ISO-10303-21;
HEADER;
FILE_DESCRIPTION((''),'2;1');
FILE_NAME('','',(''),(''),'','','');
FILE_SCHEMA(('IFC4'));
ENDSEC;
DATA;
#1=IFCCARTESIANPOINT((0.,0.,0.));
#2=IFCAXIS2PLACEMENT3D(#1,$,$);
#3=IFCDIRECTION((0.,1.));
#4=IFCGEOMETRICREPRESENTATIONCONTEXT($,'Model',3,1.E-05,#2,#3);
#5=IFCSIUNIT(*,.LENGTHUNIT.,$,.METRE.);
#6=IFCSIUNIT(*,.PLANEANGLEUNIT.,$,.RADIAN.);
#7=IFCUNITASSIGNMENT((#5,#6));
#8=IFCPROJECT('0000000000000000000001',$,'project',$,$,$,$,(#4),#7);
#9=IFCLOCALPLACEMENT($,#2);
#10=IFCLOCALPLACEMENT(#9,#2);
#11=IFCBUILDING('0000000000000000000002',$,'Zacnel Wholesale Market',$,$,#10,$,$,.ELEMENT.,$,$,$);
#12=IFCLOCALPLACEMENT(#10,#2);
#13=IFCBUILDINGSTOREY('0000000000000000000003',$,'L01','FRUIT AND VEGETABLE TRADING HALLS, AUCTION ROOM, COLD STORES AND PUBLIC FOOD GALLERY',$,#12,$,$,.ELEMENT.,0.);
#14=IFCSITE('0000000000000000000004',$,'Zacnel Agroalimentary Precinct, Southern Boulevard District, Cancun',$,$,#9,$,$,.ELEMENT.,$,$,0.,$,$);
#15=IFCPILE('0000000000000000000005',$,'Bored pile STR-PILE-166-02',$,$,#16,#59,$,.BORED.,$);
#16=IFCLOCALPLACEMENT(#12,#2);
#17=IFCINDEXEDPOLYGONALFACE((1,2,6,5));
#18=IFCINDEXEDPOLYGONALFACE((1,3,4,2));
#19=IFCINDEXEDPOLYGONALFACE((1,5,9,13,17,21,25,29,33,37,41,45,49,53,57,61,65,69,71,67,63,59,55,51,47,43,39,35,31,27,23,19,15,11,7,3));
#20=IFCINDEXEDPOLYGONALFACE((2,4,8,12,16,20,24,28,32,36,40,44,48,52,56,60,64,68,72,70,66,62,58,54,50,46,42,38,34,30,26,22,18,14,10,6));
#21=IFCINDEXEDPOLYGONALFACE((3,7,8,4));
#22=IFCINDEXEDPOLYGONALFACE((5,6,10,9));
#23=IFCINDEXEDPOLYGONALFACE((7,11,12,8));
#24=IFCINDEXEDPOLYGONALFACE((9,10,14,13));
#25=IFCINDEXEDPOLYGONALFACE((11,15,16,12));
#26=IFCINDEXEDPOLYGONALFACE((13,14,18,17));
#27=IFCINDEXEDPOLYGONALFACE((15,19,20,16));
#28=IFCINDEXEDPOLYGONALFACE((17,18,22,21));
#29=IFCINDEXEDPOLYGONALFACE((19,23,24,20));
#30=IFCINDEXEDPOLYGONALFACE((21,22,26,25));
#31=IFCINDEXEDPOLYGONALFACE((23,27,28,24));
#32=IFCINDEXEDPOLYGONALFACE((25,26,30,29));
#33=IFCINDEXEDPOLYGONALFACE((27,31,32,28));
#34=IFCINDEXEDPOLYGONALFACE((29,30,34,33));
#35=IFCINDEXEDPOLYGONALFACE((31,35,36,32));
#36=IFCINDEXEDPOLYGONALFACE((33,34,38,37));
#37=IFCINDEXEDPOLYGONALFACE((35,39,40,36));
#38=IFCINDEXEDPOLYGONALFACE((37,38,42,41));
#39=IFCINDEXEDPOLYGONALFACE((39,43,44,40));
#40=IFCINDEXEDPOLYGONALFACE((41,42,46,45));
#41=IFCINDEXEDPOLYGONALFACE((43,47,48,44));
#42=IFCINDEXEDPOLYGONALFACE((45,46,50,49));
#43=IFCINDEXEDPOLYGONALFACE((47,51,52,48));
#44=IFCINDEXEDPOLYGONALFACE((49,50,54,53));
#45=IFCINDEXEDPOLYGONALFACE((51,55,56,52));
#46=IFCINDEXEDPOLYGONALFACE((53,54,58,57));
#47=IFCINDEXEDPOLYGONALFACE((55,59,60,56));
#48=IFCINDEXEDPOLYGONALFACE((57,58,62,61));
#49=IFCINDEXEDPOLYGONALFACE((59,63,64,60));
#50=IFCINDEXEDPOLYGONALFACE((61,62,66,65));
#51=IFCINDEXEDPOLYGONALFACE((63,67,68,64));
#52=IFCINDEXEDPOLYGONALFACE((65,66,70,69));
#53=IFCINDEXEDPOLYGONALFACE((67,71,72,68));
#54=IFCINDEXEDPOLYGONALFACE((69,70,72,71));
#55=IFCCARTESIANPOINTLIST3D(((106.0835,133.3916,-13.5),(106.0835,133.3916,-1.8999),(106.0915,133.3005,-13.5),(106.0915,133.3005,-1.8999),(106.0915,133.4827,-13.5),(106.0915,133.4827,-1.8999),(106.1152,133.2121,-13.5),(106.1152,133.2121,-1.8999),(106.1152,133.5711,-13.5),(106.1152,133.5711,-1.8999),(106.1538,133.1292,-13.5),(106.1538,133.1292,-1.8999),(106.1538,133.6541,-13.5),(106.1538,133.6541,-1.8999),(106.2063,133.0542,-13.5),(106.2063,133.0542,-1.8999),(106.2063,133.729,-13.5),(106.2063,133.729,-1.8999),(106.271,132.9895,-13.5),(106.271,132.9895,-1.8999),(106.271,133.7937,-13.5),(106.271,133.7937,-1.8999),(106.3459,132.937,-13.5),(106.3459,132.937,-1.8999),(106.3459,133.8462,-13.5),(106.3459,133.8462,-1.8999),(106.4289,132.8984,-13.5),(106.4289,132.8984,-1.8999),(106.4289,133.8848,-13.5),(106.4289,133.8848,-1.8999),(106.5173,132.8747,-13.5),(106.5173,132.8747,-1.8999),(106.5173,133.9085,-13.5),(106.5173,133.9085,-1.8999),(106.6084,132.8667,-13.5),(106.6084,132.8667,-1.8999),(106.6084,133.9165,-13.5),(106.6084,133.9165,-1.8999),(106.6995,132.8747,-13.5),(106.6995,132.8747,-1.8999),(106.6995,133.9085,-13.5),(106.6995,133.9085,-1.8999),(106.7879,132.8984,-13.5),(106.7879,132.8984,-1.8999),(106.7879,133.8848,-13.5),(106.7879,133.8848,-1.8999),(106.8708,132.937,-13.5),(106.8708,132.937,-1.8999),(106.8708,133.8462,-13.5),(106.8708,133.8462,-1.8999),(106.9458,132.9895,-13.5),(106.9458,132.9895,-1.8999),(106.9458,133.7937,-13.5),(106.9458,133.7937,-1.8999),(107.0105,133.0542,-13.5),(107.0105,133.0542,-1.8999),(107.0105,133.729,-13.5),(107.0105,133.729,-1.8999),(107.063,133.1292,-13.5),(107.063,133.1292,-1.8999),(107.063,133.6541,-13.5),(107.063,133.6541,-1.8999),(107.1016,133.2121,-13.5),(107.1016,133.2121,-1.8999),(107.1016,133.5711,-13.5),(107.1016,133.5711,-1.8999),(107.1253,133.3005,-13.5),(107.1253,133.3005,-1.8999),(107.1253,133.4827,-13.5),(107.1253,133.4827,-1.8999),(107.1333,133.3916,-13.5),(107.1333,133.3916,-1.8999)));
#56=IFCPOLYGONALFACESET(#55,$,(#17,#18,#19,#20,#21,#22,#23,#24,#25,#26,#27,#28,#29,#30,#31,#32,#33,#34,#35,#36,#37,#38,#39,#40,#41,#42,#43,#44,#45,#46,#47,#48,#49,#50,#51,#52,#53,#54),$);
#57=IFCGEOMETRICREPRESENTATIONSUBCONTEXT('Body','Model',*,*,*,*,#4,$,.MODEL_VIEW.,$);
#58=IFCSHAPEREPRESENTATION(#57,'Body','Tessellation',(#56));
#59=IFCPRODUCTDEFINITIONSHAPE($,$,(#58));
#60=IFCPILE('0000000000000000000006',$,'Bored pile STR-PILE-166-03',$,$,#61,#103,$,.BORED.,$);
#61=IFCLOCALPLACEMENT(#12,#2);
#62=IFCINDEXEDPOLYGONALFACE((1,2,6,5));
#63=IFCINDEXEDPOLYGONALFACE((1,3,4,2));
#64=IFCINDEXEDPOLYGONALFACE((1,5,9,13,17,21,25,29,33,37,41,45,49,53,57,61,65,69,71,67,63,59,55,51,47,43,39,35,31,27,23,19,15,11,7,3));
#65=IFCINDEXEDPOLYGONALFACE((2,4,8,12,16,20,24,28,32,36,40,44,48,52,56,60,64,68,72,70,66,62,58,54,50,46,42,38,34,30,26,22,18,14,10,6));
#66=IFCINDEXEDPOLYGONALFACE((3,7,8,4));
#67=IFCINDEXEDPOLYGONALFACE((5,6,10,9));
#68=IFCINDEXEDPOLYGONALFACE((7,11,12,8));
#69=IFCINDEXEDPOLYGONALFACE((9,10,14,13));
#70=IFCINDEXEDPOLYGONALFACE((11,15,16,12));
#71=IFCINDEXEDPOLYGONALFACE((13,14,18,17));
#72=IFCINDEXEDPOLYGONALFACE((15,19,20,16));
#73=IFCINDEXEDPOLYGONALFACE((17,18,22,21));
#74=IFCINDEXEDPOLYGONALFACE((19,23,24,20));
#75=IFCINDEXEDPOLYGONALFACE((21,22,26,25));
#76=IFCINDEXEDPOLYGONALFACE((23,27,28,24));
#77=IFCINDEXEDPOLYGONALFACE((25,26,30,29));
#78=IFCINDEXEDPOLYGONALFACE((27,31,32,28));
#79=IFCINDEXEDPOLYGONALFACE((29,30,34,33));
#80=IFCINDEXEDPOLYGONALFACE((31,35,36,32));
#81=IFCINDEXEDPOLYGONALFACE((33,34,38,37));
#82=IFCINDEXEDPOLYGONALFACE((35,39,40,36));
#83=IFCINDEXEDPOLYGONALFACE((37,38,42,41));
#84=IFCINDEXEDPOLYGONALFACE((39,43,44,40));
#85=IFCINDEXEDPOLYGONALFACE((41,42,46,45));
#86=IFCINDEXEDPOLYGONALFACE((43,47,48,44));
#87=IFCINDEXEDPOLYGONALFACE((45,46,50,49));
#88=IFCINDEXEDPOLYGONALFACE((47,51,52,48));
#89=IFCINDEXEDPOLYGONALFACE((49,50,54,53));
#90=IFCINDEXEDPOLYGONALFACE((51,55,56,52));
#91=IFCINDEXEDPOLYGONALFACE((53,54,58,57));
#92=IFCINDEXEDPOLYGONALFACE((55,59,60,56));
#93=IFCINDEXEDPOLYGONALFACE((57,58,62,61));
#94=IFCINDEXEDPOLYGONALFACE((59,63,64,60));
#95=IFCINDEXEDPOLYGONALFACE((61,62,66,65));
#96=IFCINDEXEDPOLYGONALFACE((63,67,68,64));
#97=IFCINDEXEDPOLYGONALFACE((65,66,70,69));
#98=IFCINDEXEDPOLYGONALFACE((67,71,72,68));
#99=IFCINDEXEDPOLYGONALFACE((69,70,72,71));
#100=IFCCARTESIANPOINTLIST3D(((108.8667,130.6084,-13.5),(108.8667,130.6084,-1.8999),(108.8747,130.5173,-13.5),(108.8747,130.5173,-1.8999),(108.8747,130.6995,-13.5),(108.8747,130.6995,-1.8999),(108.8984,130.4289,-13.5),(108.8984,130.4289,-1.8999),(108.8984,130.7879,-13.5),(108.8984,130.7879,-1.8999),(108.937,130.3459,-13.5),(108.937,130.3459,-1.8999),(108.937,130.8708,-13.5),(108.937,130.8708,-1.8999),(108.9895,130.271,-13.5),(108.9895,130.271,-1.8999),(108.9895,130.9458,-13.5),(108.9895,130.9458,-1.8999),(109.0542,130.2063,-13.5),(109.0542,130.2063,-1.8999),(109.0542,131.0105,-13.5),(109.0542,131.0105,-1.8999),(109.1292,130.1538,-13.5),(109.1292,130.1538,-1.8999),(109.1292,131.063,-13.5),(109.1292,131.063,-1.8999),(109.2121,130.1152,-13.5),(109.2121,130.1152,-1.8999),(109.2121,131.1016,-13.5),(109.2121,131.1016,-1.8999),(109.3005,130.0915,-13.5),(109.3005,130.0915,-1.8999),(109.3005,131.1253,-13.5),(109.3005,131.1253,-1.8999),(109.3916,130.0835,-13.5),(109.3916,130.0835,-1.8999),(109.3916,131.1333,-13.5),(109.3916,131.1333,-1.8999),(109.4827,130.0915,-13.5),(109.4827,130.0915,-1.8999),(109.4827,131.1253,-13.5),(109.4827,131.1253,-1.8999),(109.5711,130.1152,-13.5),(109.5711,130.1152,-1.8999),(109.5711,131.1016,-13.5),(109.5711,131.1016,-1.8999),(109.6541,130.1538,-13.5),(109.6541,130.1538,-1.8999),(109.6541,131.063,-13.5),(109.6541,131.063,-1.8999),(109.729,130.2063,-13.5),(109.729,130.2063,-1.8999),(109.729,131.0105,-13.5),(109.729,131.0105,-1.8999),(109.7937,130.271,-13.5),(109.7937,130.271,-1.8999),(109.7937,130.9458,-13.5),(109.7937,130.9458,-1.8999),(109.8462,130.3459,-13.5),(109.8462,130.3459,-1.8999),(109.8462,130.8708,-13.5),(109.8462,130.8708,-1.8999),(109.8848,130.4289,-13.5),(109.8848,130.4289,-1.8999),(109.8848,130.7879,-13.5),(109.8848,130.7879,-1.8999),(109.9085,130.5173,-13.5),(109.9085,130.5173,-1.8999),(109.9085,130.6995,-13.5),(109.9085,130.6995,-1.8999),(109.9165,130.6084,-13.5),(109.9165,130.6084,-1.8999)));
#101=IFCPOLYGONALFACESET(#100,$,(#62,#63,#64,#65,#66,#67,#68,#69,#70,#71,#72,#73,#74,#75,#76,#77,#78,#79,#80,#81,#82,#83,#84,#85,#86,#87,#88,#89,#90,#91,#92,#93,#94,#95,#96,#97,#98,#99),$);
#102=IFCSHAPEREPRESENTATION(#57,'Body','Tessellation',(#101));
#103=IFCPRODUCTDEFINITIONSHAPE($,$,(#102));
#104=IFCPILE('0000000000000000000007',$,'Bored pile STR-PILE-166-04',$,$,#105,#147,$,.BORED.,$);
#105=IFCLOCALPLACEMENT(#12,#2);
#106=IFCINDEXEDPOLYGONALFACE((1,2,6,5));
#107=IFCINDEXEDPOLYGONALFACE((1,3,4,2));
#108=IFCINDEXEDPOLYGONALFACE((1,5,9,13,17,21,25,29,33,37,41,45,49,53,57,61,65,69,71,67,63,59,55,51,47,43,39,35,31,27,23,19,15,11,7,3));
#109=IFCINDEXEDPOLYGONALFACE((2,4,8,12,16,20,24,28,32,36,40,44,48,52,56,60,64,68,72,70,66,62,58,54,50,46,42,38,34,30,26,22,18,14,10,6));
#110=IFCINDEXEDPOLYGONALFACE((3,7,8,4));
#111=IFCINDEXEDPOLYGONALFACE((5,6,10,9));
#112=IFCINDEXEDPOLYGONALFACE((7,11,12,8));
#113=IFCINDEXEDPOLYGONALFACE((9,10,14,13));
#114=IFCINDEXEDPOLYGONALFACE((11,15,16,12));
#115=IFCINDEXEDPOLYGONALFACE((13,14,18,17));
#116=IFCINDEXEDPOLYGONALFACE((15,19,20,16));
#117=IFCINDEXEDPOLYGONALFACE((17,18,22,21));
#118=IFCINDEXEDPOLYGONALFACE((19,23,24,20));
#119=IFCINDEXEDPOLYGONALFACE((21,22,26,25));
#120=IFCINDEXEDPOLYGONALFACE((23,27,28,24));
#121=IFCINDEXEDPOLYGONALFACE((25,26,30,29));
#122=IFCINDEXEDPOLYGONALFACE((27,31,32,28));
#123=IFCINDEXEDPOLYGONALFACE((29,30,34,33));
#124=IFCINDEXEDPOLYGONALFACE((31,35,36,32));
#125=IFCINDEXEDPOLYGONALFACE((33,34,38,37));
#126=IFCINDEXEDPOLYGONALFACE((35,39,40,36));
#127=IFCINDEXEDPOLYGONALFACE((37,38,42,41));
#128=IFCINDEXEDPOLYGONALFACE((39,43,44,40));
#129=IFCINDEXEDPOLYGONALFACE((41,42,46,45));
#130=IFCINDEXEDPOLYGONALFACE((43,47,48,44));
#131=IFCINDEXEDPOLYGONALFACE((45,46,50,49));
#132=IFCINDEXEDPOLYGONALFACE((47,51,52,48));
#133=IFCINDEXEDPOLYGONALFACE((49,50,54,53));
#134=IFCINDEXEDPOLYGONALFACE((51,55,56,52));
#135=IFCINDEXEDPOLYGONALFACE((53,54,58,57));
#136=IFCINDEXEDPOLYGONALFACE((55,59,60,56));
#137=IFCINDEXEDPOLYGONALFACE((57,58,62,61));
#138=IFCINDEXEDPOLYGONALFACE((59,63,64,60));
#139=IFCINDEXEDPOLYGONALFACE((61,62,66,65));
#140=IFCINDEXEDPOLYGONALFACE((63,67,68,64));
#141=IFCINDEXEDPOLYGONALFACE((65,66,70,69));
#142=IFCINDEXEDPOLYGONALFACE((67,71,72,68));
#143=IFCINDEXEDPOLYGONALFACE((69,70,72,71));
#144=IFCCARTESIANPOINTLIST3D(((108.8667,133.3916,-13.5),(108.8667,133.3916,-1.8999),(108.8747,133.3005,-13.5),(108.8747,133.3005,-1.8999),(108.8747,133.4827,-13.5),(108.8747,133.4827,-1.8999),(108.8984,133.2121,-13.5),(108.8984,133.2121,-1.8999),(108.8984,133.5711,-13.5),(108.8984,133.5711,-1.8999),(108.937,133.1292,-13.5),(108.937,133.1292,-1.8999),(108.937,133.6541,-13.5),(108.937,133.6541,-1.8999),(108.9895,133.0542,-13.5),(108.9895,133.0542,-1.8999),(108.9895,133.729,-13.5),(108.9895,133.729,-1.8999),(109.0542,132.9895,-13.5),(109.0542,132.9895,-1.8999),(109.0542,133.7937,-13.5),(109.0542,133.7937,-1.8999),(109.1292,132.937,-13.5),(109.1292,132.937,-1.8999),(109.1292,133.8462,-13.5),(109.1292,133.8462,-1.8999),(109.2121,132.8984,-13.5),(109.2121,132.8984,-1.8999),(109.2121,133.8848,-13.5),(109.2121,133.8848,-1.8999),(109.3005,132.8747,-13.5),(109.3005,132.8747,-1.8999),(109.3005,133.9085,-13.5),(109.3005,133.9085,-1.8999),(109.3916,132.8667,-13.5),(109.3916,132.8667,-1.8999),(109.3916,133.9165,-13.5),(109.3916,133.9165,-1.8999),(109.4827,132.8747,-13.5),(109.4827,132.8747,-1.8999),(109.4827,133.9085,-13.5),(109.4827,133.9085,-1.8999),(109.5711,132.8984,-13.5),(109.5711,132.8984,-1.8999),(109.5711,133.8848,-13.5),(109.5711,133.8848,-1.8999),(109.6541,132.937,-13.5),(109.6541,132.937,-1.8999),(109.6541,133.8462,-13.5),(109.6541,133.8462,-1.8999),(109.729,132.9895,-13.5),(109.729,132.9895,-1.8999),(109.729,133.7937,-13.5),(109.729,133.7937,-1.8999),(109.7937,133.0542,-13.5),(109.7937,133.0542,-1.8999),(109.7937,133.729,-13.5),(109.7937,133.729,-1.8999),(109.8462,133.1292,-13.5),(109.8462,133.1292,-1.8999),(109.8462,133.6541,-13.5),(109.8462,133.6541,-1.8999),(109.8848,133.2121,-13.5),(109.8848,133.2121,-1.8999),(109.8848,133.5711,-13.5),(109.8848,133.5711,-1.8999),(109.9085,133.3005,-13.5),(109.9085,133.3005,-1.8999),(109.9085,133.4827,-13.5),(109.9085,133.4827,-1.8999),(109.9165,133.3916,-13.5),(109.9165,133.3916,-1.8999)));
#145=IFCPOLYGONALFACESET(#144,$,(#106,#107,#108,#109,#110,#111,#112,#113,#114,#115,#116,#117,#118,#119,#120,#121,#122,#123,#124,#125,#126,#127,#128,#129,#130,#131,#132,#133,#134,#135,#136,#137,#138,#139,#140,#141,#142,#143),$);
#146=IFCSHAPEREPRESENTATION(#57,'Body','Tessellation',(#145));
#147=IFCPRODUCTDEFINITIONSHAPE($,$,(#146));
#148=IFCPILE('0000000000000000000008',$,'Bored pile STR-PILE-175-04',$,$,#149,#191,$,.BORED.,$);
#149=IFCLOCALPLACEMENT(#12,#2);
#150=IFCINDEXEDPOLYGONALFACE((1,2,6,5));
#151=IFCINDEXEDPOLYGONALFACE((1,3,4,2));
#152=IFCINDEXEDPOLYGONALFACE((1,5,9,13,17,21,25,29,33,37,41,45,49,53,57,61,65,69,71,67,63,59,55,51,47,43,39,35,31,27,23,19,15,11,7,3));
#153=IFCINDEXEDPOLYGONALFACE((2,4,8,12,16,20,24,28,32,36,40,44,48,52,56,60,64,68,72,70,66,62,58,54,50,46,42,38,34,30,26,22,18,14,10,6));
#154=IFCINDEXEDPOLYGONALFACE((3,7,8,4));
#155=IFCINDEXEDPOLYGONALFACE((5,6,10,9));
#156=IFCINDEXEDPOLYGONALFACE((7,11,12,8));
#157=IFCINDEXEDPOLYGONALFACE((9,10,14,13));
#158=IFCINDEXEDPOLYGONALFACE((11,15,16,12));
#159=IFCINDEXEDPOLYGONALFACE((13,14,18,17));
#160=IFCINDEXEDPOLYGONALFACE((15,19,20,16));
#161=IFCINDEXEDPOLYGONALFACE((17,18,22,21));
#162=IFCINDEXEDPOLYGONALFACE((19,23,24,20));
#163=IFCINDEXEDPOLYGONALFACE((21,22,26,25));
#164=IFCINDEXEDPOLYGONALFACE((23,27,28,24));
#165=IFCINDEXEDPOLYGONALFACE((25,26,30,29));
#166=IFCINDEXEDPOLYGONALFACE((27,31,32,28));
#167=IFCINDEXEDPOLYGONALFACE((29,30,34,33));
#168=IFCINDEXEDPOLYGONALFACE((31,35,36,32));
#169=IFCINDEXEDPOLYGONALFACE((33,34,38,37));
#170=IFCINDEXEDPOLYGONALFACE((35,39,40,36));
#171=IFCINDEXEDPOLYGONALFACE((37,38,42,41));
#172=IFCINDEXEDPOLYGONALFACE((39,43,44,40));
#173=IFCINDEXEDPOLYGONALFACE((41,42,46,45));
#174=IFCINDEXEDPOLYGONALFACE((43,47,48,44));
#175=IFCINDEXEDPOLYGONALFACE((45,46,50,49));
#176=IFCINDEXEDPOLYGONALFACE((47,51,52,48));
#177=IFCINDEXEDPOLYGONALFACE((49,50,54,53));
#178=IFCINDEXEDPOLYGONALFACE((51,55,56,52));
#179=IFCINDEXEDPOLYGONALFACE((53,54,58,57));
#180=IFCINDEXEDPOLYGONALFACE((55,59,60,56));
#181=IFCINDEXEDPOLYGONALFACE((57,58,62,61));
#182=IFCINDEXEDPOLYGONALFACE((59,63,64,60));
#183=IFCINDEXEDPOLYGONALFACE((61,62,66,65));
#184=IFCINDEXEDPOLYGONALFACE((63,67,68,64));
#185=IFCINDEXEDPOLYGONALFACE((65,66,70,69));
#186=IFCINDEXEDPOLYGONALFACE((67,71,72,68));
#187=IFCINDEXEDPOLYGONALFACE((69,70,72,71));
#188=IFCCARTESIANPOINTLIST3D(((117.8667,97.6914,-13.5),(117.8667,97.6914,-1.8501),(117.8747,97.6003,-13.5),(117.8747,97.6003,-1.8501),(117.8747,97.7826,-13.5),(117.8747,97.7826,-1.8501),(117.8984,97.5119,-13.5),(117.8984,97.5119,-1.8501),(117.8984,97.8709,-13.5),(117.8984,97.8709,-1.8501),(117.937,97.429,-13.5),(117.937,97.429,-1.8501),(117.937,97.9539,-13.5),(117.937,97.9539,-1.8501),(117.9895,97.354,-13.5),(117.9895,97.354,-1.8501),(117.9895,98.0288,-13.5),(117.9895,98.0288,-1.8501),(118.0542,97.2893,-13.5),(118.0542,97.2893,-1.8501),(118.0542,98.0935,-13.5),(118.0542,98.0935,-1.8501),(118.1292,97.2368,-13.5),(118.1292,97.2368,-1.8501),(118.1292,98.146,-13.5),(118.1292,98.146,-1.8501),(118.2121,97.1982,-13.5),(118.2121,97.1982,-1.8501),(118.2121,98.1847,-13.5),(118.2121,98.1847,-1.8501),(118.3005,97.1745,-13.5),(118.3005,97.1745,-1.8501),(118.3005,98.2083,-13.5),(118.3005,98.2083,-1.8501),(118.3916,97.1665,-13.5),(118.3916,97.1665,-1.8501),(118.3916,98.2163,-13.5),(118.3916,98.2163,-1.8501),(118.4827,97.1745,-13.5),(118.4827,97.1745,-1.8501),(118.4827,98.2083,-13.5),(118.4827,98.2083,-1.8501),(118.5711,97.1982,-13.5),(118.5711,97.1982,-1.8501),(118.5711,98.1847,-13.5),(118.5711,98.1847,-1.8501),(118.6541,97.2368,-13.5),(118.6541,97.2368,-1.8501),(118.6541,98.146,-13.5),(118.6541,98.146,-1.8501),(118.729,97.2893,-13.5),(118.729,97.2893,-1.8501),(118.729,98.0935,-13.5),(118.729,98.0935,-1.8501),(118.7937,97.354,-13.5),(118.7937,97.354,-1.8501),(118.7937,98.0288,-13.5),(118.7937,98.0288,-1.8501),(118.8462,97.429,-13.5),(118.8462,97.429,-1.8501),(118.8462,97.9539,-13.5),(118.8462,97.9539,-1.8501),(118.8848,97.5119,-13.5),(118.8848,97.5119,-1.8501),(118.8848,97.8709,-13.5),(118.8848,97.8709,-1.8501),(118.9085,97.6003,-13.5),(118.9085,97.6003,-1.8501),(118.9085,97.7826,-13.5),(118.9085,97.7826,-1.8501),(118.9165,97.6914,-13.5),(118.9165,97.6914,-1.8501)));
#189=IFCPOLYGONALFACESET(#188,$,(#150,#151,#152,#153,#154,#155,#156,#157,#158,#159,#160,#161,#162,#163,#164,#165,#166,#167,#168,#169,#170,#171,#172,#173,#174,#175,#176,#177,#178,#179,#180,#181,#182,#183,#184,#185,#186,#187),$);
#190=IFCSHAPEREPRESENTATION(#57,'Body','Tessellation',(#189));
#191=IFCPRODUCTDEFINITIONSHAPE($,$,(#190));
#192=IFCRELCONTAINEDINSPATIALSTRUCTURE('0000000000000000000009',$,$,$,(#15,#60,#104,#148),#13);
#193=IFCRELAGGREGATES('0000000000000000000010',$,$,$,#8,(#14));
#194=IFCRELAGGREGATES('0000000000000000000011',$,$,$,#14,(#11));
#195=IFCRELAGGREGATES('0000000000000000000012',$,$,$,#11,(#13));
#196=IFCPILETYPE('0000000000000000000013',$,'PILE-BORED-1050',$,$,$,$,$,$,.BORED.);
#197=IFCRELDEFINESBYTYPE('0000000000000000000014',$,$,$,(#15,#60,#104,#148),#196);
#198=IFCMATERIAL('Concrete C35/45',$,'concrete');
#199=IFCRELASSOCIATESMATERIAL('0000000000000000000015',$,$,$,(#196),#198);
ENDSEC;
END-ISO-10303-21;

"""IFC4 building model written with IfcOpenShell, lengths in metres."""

from ifc_helpers import new_model, si_unit, direction, frame, origin, origin_2d, place, context, subcontext, project, spatial, circle, extrude, material, material_profile, profile_set, type_object, element, save


model = new_model("IFC4")

# Units and contexts
model_context = context("Model", 3, precision=1e-05, world=origin(), true_north=direction((0.0, 1.0)))
body_context = subcontext(model_context, "Body", "Model", "MODEL_VIEW")
ifc_project = project(units=[si_unit("LENGTHUNIT", "METRE"), si_unit("PLANEANGLEUNIT", "RADIAN")], contexts=[model_context])

# Site, building, storey
site_placement = place(None, origin())
site = spatial("IfcSite", under=ifc_project, at=site_placement, Name="Zacnel Agroalimentary Precinct, Southern Boulevard District, Cancun", CompositionType="ELEMENT", RefElevation=0.0)
building_placement = place(site_placement, origin())
building = spatial("IfcBuilding", under=site, at=building_placement, Name="Zacnel Wholesale Market", CompositionType="ELEMENT")
storey_placement = place(building_placement, origin())
storey = spatial("IfcBuildingStorey", under=building, at=storey_placement, Name="L01", Description="FRUIT AND VEGETABLE TRADING HALLS, AUCTION ROOM, COLD STORES AND PUBLIC FOOD GALLERY", CompositionType="ELEMENT", Elevation=0.0)

# Piles
ifc_material_1 = material(Name="Concrete C35/45", Category="concrete")
ifc_material_profile_1 = material_profile(ifc_material_1, circle(Radius=0.5249, at=origin_2d()), Name="BORED PILE D1050")
ifc_profile_set_1 = profile_set([ifc_material_profile_1], Name="Concrete C35/45")
pile_type = type_object("IfcPileType", Name="PILE-BORED-1050", PredefinedType="BORED", material=ifc_profile_set_1)
for number, where, z_axis, x_axis, name in (
    (1, (106.6084, 133.3916, -1.8999), (0.0, 0.0, -1.0), (1.0, 0.0, 0.0), "Bored pile STR-PILE-166-02"),
    (2, (109.3916, 130.6084, -1.8999), (0.0, 0.0, -1.0), (1.0, 0.0, 0.0), "Bored pile STR-PILE-166-03"),
    (3, (109.3916, 133.3916, -1.8999), (0.0, 0.0, -1.0), (1.0, 0.0, 0.0), "Bored pile STR-PILE-166-04"),
):
    element("IfcPile", number, at=place(storey_placement, frame(where, z_axis=z_axis, x_axis=x_axis)), inside=storey, type_object=pile_type, Name=name, PredefinedType="BORED", context=body_context, shape_type="SweptSolid", body=[
        extrude(circle(Radius=0.5249, at=origin_2d()), origin(), (0.0, 0.0, 1.0), 11.6001),
    ])
pile_placement = place(storey_placement, frame((118.3916, 97.6914, -1.8501), z_axis=(0.0, 0.0, -1.0), x_axis=(1.0, 0.0, 0.0)))
element("IfcPile", 4, at=pile_placement, inside=storey, type_object=pile_type, Name="Bored pile STR-PILE-175-04", PredefinedType="BORED", context=body_context, shape_type="SweptSolid", body=[
    extrude(circle(Radius=0.5249, at=origin_2d()), origin(), (0.0, 0.0, 1.0), 11.6499),
])

save(model, "model.ifc")
